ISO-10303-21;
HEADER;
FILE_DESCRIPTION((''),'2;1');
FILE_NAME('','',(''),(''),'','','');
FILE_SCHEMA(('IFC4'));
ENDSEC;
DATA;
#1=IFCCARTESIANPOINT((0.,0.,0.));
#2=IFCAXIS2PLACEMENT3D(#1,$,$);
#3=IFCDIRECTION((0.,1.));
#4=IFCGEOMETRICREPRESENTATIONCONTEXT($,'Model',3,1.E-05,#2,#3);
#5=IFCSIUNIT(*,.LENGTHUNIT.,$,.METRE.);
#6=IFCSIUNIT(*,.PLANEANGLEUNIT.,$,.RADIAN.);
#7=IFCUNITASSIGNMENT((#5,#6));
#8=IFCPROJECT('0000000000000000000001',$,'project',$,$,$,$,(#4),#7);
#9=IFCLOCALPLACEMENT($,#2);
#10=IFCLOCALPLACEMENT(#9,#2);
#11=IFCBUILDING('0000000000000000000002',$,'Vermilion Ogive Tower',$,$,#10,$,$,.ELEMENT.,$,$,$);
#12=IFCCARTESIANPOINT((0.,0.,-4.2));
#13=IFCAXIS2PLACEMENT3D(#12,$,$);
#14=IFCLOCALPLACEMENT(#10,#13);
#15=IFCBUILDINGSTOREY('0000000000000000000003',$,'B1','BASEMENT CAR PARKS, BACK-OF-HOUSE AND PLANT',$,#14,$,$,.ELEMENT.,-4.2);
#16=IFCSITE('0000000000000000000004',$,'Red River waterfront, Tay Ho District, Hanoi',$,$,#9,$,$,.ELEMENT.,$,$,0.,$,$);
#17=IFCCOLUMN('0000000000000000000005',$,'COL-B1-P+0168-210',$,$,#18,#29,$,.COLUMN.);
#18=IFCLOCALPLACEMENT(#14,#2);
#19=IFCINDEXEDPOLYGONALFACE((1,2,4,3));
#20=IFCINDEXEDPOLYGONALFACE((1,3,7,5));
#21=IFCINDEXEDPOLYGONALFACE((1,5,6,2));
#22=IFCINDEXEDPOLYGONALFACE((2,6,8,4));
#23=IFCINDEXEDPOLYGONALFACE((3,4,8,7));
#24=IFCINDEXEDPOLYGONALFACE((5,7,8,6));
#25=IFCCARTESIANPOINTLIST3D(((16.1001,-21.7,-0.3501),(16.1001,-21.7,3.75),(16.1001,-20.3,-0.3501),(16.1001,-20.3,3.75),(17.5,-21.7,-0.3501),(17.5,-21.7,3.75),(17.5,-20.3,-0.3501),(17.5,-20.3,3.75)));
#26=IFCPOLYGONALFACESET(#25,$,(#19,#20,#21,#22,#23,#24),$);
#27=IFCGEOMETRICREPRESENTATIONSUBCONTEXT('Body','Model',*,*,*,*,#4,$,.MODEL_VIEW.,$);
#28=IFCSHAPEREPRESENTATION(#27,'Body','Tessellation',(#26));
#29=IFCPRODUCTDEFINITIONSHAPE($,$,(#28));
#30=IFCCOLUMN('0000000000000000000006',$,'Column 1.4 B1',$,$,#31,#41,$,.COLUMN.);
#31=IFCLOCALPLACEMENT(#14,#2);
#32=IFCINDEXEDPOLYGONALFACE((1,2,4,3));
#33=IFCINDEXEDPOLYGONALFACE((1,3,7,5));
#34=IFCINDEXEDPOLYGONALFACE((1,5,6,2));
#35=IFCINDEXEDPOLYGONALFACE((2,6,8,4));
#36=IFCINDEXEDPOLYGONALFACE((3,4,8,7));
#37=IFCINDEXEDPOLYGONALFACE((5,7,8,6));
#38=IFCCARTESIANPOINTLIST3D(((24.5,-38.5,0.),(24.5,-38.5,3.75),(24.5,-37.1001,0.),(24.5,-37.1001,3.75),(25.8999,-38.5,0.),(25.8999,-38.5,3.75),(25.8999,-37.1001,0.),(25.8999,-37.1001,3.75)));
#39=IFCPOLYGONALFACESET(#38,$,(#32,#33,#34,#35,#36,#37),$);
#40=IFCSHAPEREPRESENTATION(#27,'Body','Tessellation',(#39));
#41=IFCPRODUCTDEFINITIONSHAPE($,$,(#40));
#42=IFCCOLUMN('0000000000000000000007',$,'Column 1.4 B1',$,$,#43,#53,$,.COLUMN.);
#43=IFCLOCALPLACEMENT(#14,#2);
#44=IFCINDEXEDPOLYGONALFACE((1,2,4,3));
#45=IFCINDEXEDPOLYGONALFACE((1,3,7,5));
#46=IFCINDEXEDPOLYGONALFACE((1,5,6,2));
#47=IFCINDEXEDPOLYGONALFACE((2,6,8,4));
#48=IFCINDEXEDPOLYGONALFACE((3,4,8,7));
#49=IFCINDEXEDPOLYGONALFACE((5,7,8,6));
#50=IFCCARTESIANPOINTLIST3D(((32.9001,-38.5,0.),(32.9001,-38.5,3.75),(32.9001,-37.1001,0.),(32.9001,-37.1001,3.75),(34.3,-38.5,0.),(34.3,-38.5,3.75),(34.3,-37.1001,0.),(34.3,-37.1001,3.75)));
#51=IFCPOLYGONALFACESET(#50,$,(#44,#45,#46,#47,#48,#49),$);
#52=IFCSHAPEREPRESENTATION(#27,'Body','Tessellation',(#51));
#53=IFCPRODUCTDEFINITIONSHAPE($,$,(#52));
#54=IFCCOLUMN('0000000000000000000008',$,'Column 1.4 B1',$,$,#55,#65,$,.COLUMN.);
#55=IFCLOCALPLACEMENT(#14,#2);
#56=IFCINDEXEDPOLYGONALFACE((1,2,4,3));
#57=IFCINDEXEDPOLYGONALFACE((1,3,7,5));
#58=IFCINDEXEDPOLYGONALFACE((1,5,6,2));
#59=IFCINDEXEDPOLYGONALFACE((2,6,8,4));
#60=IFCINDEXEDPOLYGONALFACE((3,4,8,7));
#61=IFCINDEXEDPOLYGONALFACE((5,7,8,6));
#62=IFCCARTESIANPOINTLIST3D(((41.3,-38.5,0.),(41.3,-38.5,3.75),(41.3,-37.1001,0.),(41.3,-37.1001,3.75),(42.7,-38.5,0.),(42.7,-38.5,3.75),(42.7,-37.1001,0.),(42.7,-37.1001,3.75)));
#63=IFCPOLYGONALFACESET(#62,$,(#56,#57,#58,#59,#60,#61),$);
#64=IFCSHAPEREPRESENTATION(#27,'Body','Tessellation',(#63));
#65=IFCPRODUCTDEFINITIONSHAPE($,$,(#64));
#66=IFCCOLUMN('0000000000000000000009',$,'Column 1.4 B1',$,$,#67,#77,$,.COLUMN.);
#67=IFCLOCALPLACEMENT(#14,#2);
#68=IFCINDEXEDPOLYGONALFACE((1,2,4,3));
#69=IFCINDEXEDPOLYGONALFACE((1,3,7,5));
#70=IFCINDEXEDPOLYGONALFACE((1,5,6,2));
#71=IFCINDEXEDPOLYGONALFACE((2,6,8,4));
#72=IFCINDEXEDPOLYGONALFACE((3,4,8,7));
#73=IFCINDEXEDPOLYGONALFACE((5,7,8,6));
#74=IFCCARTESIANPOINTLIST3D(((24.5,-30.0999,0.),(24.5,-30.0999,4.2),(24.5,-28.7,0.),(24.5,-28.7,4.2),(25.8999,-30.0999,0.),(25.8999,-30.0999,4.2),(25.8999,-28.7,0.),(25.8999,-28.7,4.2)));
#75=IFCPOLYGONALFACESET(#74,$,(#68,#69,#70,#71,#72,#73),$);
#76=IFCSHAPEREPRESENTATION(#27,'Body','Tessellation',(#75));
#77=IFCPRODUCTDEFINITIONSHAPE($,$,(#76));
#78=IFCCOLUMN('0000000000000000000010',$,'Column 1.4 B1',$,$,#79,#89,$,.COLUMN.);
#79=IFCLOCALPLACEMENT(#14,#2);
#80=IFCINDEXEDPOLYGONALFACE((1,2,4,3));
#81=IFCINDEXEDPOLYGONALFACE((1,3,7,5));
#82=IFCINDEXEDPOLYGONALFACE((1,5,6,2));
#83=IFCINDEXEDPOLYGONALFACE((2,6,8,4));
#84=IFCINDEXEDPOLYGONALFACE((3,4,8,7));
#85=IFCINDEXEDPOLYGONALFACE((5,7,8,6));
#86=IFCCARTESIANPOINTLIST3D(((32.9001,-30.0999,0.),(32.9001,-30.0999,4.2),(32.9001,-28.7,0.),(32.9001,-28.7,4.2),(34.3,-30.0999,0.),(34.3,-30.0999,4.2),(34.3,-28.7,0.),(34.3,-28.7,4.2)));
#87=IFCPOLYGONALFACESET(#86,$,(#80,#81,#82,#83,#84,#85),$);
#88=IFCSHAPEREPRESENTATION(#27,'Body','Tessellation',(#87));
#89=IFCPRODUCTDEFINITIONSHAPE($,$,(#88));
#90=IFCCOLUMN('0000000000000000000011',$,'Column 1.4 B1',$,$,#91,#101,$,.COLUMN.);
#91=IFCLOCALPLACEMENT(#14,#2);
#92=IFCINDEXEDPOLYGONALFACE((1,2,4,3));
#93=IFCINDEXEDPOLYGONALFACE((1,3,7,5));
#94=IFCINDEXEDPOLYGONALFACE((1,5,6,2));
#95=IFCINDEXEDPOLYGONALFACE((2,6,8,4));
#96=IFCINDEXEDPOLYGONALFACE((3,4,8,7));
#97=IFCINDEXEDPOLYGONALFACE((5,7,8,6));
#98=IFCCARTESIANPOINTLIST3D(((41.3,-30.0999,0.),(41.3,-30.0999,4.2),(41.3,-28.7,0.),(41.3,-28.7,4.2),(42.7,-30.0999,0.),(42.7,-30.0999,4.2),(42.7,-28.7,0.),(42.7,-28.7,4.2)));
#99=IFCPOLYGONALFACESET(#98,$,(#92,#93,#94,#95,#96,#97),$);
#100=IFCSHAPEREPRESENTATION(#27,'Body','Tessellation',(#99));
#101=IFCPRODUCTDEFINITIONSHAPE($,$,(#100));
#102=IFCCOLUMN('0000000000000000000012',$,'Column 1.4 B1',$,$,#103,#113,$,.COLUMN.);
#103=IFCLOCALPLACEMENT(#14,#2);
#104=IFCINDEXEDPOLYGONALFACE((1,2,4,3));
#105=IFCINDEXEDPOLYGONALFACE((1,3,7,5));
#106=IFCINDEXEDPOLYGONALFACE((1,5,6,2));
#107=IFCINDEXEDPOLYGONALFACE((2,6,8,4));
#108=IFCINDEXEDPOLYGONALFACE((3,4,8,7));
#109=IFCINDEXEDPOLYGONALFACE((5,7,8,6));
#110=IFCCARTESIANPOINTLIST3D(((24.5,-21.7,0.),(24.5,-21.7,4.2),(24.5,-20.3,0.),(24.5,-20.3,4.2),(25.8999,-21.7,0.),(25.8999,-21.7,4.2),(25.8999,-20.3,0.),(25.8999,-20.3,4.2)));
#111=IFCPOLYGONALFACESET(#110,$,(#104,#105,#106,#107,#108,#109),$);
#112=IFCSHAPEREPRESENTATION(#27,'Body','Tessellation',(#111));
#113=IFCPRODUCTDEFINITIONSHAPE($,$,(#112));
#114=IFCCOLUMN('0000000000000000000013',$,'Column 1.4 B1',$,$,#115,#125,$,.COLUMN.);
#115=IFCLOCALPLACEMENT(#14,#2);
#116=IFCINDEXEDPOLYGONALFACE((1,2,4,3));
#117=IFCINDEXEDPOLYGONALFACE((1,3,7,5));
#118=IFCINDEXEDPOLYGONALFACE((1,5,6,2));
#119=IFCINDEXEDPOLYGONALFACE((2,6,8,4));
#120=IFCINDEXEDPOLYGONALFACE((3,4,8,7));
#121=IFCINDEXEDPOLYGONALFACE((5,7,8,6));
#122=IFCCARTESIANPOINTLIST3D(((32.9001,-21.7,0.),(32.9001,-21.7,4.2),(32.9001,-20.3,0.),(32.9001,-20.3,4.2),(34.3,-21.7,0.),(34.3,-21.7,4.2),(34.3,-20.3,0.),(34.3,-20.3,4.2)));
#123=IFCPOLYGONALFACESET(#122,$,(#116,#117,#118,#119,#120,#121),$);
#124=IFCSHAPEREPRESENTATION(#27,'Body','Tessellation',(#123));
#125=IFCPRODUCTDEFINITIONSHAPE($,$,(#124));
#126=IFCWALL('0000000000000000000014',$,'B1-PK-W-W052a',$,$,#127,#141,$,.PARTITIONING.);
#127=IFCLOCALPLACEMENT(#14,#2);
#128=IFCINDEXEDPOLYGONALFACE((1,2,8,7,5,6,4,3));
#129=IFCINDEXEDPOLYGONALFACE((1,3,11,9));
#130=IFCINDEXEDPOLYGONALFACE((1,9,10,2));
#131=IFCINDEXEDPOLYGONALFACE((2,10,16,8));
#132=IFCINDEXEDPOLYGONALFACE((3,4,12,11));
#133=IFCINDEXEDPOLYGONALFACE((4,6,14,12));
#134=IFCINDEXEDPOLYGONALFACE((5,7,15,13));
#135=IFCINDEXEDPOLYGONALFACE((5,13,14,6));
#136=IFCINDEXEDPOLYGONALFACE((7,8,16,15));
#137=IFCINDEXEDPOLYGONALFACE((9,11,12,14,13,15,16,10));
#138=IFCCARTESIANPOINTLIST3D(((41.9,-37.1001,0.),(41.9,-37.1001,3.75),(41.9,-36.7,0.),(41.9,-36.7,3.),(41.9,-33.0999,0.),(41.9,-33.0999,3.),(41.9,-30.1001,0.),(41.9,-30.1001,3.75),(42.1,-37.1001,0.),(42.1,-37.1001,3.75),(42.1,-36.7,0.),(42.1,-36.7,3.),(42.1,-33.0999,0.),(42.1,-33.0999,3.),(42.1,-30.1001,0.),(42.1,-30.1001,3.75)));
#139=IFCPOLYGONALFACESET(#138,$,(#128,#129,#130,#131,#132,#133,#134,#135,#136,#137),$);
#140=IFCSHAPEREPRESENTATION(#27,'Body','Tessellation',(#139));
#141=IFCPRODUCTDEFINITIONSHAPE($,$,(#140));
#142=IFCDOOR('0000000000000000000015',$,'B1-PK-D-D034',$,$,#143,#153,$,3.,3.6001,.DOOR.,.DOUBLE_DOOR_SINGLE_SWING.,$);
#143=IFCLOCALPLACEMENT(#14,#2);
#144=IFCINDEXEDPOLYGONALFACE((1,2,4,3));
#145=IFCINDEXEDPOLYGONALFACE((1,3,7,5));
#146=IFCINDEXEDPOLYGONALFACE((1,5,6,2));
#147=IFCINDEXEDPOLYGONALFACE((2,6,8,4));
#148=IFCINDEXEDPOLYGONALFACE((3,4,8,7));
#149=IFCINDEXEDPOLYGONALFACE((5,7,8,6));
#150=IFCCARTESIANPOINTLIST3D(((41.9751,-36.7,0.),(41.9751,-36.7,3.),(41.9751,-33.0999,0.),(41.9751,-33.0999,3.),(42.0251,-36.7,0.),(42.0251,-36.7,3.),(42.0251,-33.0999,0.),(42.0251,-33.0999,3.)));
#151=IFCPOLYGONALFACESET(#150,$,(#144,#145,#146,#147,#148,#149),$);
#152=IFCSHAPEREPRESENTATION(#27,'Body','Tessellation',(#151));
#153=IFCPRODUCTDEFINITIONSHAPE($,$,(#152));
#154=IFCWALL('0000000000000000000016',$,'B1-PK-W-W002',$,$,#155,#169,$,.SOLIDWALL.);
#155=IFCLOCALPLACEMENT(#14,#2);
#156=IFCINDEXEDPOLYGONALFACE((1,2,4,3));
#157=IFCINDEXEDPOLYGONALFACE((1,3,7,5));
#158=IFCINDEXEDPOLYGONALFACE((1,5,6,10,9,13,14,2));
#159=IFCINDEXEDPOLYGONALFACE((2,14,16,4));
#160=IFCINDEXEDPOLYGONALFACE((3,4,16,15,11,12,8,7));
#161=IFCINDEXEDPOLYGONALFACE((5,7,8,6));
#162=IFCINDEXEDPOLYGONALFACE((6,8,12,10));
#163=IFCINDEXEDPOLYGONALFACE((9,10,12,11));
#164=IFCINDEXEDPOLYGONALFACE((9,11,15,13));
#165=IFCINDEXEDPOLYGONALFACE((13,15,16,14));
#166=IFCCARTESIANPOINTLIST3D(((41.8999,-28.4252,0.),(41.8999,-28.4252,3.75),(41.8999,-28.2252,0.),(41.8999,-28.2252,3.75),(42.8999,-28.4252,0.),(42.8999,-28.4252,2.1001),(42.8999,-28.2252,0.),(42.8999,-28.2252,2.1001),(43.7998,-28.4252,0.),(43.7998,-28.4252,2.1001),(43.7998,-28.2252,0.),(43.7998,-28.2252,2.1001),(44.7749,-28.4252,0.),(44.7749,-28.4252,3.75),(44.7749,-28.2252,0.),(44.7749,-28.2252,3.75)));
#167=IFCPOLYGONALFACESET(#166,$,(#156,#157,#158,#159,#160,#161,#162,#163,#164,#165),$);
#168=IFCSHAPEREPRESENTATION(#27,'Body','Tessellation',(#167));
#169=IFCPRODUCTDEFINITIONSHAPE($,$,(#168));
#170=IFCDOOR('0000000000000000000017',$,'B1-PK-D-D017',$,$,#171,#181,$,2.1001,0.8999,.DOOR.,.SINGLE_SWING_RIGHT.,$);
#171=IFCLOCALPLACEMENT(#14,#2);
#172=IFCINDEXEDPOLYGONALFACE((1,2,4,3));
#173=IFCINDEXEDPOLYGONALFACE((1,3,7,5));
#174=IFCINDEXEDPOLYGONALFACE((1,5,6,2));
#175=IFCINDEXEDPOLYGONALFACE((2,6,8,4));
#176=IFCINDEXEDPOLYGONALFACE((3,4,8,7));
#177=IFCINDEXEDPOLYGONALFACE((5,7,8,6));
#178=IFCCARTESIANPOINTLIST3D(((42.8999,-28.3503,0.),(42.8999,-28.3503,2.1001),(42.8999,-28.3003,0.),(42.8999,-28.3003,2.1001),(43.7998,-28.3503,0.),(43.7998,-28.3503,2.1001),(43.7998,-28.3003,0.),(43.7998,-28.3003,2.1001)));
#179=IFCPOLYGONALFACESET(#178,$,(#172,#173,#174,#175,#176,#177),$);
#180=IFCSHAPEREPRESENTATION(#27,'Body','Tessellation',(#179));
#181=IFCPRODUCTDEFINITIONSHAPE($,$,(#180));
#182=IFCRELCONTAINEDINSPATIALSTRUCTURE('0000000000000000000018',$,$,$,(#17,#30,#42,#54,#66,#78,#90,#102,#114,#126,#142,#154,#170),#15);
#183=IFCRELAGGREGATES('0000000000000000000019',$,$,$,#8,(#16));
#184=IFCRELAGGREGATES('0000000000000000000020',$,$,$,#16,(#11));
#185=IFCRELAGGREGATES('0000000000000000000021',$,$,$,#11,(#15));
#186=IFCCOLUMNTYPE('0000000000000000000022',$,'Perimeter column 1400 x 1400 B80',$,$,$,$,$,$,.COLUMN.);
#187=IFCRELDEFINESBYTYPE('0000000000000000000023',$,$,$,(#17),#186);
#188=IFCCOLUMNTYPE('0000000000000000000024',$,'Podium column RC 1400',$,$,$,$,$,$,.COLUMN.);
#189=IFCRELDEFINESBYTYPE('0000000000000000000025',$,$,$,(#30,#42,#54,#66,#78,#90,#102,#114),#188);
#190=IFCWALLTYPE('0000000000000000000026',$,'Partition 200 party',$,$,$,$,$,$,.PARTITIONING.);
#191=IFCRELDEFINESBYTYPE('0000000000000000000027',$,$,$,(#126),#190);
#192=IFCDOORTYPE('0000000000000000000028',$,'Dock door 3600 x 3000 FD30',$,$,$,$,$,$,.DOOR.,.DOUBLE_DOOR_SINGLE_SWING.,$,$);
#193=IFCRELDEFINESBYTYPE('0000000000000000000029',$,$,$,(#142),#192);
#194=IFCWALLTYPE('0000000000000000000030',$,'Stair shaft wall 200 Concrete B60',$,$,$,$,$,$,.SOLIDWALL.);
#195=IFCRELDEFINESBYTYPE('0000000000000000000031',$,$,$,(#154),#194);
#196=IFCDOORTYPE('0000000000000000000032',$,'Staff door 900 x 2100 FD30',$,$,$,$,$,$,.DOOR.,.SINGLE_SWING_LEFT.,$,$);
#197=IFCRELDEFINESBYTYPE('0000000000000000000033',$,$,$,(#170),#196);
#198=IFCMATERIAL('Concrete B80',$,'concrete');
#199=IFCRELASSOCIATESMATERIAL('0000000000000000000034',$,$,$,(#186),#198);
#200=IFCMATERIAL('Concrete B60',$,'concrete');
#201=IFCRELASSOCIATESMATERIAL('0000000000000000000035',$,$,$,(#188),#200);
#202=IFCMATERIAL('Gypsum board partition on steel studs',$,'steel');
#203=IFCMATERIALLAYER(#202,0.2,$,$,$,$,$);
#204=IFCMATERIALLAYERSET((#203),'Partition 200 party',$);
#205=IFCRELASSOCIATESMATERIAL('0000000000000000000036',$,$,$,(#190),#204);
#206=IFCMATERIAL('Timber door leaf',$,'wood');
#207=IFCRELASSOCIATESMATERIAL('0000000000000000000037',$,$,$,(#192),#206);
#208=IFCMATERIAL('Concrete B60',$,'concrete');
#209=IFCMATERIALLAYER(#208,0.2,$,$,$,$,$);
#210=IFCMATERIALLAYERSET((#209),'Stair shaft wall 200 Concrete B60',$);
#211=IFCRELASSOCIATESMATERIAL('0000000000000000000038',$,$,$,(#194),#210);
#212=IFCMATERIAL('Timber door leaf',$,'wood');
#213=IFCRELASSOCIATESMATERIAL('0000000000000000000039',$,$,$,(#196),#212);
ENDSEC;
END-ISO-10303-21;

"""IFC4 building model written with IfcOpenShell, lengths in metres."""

from ifc_helpers import new_model, si_unit, direction, frame, frame_2d, origin, origin_2d, place, context, subcontext, project, spatial, rectangle, extrude, material, layer, layer_set, material_profile, profile_set, type_object, element, fill, save


model = new_model("IFC4")

# Units and contexts
model_context = context("Model", 3, precision=1e-05, world=origin(), true_north=direction((0.0, 1.0)))
body_context = subcontext(model_context, "Body", "Model", "MODEL_VIEW")
ifc_project = project(units=[si_unit("LENGTHUNIT", "METRE"), si_unit("PLANEANGLEUNIT", "RADIAN")], contexts=[model_context])

# Site, building, storey
site_placement = place(None, origin())
site = spatial("IfcSite", under=ifc_project, at=site_placement, Name="Red River waterfront, Tay Ho District, Hanoi", CompositionType="ELEMENT", RefElevation=0.0)
building_placement = place(site_placement, origin())
building = spatial("IfcBuilding", under=site, at=building_placement, Name="Vermilion Ogive Tower", CompositionType="ELEMENT")
storey_placement = place(building_placement, frame((0.0, 0.0, -4.2)))
storey = spatial("IfcBuildingStorey", under=building, at=storey_placement, Name="B1", Description="BASEMENT CAR PARKS, BACK-OF-HOUSE AND PLANT", CompositionType="ELEMENT", Elevation=-4.2)

# Columns
ifc_material_1 = material(Name="Concrete B80", Category="concrete")
ifc_material_profile_1 = material_profile(ifc_material_1, rectangle(XDim=1.3999, YDim=1.3999, at=origin_2d()), Name="1400 x 1400")
ifc_profile_set_1 = profile_set([ifc_material_profile_1], Name="Concrete B80")
column_type_1 = type_object("IfcColumnType", Name="Perimeter column 1400 x 1400 B80", PredefinedType="COLUMN", material=ifc_profile_set_1)
column_placement = place(storey_placement, frame((16.8, -21.0, -0.3501), z_axis=(0.0, 0.0, 1.0), x_axis=(1.0, 0.0, 0.0)))
element("IfcColumn", 1, at=column_placement, inside=storey, type_object=column_type_1, Name="COL-B1-P+0168-210", PredefinedType="COLUMN", context=body_context, shape_type="SweptSolid", body=[
    extrude(rectangle(XDim=1.3999, YDim=1.3999, at=origin_2d()), origin(), (0.0, 0.0, 1.0), 4.1001),
])
ifc_material_2 = material(Name="Concrete B60", Category="concrete")
ifc_material_profile_2 = material_profile(ifc_material_2, rectangle(XDim=1.3999, YDim=1.3999, at=origin_2d()), Name="RC 1400x1400")
ifc_profile_set_2 = profile_set([ifc_material_profile_2], Name="Concrete B60")
column_type_2 = type_object("IfcColumnType", Name="Podium column RC 1400", PredefinedType="COLUMN", material=ifc_profile_set_2)
for number, where, z_axis, x_axis, name in (
    (2, (25.2, -37.8, 0.0), (0.0, 0.0, 1.0), (1.0, 0.0, 0.0), "Column 1.4 B1"),
    (3, (33.6001, -37.8, 0.0), (0.0, 0.0, 1.0), (1.0, 0.0, 0.0), "Column 1.4 B1"),
    (4, (42.0, -37.8, 0.0), (0.0, 0.0, 1.0), (1.0, 0.0, 0.0), "Column 1.4 B1"),
):
    element("IfcColumn", number, at=place(storey_placement, frame(where, z_axis=z_axis, x_axis=x_axis)), inside=storey, type_object=column_type_2, Name=name, PredefinedType="COLUMN", context=body_context, shape_type="SweptSolid", body=[
        extrude(rectangle(XDim=1.3999, YDim=1.3999, at=origin_2d()), origin(), (0.0, 0.0, 1.0), 3.75),
    ])
for number, where, z_axis, x_axis, name in (
    (5, (25.2, -29.3999, 0.0), (0.0, 0.0, 1.0), (1.0, 0.0, 0.0), "Column 1.4 B1"),
    (6, (33.6001, -29.3999, 0.0), (0.0, 0.0, 1.0), (1.0, 0.0, 0.0), "Column 1.4 B1"),
    (7, (42.0, -29.3999, 0.0), (0.0, 0.0, 1.0), (1.0, 0.0, 0.0), "Column 1.4 B1"),
    (8, (25.2, -21.0, 0.0), (0.0, 0.0, 1.0), (1.0, 0.0, 0.0), "Column 1.4 B1"),
    (9, (33.6001, -21.0, 0.0), (0.0, 0.0, 1.0), (1.0, 0.0, 0.0), "Column 1.4 B1"),
):
    element("IfcColumn", number, at=place(storey_placement, frame(where, z_axis=z_axis, x_axis=x_axis)), inside=storey, type_object=column_type_2, Name=name, PredefinedType="COLUMN", context=body_context, shape_type="SweptSolid", body=[
        extrude(rectangle(XDim=1.3999, YDim=1.3999, at=origin_2d()), origin(), (0.0, 0.0, 1.0), 4.2),
    ])

# Walls, openings, doors
ifc_material_3 = material(Name="Gypsum board partition on steel studs", Category="steel")
ifc_layer_1 = layer(ifc_material_3, 0.2)
ifc_layer_set_1 = layer_set([ifc_layer_1], Name="Partition 200 party")
wall_type_1 = type_object("IfcWallType", Name="Partition 200 party", PredefinedType="PARTITIONING", material=ifc_layer_set_1)
wall_1_placement = place(storey_placement, frame((42.0, -37.1001, 0.0), z_axis=(0.0, 0.0, 1.0), x_axis=(0.0, 1.0, 0.0)))
wall_1 = element("IfcWall", 10, at=wall_1_placement, inside=storey, type_object=wall_type_1, Name="B1-PK-W-W052a", PredefinedType="PARTITIONING", context=body_context, shape_type="SweptSolid", body=[
    extrude(rectangle(XDim=7.0, YDim=0.2, at=frame_2d((3.5, 0.0))), origin(), (0.0, 0.0, 1.0), 3.75),
])
opening_1_placement = place(wall_1_placement, frame((0.4001, 0.0, 0.0)))
opening_1 = element("IfcOpeningElement", 11, at=opening_1_placement, cuts=wall_1, PredefinedType="OPENING", context=body_context, shape_type="SweptSolid", body=[
    extrude(rectangle(XDim=3.6001, YDim=3.0, at=frame_2d((1.8, 1.5))), frame((0.0, 0.1099, 0.0), z_axis=(0.0, -1.0, 0.0), x_axis=(1.0, 0.0, 0.0)), (0.0, 0.0, 1.0), 0.22),
])
ifc_material_4 = material(Name="Timber door leaf", Category="wood")
door_type_1 = type_object("IfcDoorType", Name="Dock door 3600 x 3000 FD30", OperationType="DOUBLE_DOOR_SINGLE_SWING", PredefinedType="DOOR", material=ifc_material_4)
door_1_placement = place(opening_1_placement, origin())
door_1 = element("IfcDoor", 12, at=door_1_placement, inside=storey, type_object=door_type_1, Name="B1-PK-D-D034", OperationType="DOUBLE_DOOR_SINGLE_SWING", OverallHeight=3.0, OverallWidth=3.6001, PredefinedType="DOOR", context=body_context, shape_type="SweptSolid", body=[
    extrude(rectangle(XDim=3.6001, YDim=3.0, at=frame_2d((1.8, 1.5))), frame((0.0, 0.0249, 0.0), z_axis=(0.0, -1.0, 0.0), x_axis=(1.0, 0.0, 0.0)), (0.0, 0.0, 1.0), 0.05),
])
fill(opening_1, door_1)
ifc_material_5 = material(Name="Concrete B60", Category="concrete")
ifc_layer_2 = layer(ifc_material_5, 0.2)
ifc_layer_set_2 = layer_set([ifc_layer_2], Name="Stair shaft wall 200 Concrete B60")
wall_type_2 = type_object("IfcWallType", Name="Stair shaft wall 200 Concrete B60", PredefinedType="SOLIDWALL", material=ifc_layer_set_2)
wall_2_placement = place(storey_placement, frame((41.8999, -28.3252, 0.0), z_axis=(0.0, 0.0, 1.0), x_axis=(1.0, 0.0, 0.0)))
wall_2 = element("IfcWall", 13, at=wall_2_placement, inside=storey, type_object=wall_type_2, Name="B1-PK-W-W002", PredefinedType="SOLIDWALL", context=body_context, shape_type="SweptSolid", body=[
    extrude(rectangle(XDim=2.875, YDim=0.2, at=frame_2d((1.4375, 0.0))), origin(), (0.0, 0.0, 1.0), 3.75),
])
opening_2_placement = place(wall_2_placement, frame((1.0, 0.0, 0.0)))
opening_2 = element("IfcOpeningElement", 14, at=opening_2_placement, cuts=wall_2, PredefinedType="OPENING", context=body_context, shape_type="SweptSolid", body=[
    extrude(rectangle(XDim=0.8999, YDim=2.1001, at=frame_2d((0.45, 1.05))), frame((0.0, 0.1099, 0.0), z_axis=(0.0, -1.0, 0.0), x_axis=(1.0, 0.0, 0.0)), (0.0, 0.0, 1.0), 0.22),
])
ifc_material_6 = material(Name="Timber door leaf", Category="wood")
door_type_2 = type_object("IfcDoorType", Name="Staff door 900 x 2100 FD30", OperationType="SINGLE_SWING_LEFT", PredefinedType="DOOR", material=ifc_material_6)
door_2_placement = place(opening_2_placement, origin())
door_2 = element("IfcDoor", 15, at=door_2_placement, inside=storey, type_object=door_type_2, Name="B1-PK-D-D017", OperationType="SINGLE_SWING_RIGHT", OverallHeight=2.1001, OverallWidth=0.8999, PredefinedType="DOOR", context=body_context, shape_type="SweptSolid", body=[
    extrude(rectangle(XDim=0.8999, YDim=2.1001, at=frame_2d((0.45, 1.05))), frame((0.0, 0.0249, 0.0), z_axis=(0.0, -1.0, 0.0), x_axis=(1.0, 0.0, 0.0)), (0.0, 0.0, 1.0), 0.05),
])
fill(opening_2, door_2)

save(model, "model.ifc")
